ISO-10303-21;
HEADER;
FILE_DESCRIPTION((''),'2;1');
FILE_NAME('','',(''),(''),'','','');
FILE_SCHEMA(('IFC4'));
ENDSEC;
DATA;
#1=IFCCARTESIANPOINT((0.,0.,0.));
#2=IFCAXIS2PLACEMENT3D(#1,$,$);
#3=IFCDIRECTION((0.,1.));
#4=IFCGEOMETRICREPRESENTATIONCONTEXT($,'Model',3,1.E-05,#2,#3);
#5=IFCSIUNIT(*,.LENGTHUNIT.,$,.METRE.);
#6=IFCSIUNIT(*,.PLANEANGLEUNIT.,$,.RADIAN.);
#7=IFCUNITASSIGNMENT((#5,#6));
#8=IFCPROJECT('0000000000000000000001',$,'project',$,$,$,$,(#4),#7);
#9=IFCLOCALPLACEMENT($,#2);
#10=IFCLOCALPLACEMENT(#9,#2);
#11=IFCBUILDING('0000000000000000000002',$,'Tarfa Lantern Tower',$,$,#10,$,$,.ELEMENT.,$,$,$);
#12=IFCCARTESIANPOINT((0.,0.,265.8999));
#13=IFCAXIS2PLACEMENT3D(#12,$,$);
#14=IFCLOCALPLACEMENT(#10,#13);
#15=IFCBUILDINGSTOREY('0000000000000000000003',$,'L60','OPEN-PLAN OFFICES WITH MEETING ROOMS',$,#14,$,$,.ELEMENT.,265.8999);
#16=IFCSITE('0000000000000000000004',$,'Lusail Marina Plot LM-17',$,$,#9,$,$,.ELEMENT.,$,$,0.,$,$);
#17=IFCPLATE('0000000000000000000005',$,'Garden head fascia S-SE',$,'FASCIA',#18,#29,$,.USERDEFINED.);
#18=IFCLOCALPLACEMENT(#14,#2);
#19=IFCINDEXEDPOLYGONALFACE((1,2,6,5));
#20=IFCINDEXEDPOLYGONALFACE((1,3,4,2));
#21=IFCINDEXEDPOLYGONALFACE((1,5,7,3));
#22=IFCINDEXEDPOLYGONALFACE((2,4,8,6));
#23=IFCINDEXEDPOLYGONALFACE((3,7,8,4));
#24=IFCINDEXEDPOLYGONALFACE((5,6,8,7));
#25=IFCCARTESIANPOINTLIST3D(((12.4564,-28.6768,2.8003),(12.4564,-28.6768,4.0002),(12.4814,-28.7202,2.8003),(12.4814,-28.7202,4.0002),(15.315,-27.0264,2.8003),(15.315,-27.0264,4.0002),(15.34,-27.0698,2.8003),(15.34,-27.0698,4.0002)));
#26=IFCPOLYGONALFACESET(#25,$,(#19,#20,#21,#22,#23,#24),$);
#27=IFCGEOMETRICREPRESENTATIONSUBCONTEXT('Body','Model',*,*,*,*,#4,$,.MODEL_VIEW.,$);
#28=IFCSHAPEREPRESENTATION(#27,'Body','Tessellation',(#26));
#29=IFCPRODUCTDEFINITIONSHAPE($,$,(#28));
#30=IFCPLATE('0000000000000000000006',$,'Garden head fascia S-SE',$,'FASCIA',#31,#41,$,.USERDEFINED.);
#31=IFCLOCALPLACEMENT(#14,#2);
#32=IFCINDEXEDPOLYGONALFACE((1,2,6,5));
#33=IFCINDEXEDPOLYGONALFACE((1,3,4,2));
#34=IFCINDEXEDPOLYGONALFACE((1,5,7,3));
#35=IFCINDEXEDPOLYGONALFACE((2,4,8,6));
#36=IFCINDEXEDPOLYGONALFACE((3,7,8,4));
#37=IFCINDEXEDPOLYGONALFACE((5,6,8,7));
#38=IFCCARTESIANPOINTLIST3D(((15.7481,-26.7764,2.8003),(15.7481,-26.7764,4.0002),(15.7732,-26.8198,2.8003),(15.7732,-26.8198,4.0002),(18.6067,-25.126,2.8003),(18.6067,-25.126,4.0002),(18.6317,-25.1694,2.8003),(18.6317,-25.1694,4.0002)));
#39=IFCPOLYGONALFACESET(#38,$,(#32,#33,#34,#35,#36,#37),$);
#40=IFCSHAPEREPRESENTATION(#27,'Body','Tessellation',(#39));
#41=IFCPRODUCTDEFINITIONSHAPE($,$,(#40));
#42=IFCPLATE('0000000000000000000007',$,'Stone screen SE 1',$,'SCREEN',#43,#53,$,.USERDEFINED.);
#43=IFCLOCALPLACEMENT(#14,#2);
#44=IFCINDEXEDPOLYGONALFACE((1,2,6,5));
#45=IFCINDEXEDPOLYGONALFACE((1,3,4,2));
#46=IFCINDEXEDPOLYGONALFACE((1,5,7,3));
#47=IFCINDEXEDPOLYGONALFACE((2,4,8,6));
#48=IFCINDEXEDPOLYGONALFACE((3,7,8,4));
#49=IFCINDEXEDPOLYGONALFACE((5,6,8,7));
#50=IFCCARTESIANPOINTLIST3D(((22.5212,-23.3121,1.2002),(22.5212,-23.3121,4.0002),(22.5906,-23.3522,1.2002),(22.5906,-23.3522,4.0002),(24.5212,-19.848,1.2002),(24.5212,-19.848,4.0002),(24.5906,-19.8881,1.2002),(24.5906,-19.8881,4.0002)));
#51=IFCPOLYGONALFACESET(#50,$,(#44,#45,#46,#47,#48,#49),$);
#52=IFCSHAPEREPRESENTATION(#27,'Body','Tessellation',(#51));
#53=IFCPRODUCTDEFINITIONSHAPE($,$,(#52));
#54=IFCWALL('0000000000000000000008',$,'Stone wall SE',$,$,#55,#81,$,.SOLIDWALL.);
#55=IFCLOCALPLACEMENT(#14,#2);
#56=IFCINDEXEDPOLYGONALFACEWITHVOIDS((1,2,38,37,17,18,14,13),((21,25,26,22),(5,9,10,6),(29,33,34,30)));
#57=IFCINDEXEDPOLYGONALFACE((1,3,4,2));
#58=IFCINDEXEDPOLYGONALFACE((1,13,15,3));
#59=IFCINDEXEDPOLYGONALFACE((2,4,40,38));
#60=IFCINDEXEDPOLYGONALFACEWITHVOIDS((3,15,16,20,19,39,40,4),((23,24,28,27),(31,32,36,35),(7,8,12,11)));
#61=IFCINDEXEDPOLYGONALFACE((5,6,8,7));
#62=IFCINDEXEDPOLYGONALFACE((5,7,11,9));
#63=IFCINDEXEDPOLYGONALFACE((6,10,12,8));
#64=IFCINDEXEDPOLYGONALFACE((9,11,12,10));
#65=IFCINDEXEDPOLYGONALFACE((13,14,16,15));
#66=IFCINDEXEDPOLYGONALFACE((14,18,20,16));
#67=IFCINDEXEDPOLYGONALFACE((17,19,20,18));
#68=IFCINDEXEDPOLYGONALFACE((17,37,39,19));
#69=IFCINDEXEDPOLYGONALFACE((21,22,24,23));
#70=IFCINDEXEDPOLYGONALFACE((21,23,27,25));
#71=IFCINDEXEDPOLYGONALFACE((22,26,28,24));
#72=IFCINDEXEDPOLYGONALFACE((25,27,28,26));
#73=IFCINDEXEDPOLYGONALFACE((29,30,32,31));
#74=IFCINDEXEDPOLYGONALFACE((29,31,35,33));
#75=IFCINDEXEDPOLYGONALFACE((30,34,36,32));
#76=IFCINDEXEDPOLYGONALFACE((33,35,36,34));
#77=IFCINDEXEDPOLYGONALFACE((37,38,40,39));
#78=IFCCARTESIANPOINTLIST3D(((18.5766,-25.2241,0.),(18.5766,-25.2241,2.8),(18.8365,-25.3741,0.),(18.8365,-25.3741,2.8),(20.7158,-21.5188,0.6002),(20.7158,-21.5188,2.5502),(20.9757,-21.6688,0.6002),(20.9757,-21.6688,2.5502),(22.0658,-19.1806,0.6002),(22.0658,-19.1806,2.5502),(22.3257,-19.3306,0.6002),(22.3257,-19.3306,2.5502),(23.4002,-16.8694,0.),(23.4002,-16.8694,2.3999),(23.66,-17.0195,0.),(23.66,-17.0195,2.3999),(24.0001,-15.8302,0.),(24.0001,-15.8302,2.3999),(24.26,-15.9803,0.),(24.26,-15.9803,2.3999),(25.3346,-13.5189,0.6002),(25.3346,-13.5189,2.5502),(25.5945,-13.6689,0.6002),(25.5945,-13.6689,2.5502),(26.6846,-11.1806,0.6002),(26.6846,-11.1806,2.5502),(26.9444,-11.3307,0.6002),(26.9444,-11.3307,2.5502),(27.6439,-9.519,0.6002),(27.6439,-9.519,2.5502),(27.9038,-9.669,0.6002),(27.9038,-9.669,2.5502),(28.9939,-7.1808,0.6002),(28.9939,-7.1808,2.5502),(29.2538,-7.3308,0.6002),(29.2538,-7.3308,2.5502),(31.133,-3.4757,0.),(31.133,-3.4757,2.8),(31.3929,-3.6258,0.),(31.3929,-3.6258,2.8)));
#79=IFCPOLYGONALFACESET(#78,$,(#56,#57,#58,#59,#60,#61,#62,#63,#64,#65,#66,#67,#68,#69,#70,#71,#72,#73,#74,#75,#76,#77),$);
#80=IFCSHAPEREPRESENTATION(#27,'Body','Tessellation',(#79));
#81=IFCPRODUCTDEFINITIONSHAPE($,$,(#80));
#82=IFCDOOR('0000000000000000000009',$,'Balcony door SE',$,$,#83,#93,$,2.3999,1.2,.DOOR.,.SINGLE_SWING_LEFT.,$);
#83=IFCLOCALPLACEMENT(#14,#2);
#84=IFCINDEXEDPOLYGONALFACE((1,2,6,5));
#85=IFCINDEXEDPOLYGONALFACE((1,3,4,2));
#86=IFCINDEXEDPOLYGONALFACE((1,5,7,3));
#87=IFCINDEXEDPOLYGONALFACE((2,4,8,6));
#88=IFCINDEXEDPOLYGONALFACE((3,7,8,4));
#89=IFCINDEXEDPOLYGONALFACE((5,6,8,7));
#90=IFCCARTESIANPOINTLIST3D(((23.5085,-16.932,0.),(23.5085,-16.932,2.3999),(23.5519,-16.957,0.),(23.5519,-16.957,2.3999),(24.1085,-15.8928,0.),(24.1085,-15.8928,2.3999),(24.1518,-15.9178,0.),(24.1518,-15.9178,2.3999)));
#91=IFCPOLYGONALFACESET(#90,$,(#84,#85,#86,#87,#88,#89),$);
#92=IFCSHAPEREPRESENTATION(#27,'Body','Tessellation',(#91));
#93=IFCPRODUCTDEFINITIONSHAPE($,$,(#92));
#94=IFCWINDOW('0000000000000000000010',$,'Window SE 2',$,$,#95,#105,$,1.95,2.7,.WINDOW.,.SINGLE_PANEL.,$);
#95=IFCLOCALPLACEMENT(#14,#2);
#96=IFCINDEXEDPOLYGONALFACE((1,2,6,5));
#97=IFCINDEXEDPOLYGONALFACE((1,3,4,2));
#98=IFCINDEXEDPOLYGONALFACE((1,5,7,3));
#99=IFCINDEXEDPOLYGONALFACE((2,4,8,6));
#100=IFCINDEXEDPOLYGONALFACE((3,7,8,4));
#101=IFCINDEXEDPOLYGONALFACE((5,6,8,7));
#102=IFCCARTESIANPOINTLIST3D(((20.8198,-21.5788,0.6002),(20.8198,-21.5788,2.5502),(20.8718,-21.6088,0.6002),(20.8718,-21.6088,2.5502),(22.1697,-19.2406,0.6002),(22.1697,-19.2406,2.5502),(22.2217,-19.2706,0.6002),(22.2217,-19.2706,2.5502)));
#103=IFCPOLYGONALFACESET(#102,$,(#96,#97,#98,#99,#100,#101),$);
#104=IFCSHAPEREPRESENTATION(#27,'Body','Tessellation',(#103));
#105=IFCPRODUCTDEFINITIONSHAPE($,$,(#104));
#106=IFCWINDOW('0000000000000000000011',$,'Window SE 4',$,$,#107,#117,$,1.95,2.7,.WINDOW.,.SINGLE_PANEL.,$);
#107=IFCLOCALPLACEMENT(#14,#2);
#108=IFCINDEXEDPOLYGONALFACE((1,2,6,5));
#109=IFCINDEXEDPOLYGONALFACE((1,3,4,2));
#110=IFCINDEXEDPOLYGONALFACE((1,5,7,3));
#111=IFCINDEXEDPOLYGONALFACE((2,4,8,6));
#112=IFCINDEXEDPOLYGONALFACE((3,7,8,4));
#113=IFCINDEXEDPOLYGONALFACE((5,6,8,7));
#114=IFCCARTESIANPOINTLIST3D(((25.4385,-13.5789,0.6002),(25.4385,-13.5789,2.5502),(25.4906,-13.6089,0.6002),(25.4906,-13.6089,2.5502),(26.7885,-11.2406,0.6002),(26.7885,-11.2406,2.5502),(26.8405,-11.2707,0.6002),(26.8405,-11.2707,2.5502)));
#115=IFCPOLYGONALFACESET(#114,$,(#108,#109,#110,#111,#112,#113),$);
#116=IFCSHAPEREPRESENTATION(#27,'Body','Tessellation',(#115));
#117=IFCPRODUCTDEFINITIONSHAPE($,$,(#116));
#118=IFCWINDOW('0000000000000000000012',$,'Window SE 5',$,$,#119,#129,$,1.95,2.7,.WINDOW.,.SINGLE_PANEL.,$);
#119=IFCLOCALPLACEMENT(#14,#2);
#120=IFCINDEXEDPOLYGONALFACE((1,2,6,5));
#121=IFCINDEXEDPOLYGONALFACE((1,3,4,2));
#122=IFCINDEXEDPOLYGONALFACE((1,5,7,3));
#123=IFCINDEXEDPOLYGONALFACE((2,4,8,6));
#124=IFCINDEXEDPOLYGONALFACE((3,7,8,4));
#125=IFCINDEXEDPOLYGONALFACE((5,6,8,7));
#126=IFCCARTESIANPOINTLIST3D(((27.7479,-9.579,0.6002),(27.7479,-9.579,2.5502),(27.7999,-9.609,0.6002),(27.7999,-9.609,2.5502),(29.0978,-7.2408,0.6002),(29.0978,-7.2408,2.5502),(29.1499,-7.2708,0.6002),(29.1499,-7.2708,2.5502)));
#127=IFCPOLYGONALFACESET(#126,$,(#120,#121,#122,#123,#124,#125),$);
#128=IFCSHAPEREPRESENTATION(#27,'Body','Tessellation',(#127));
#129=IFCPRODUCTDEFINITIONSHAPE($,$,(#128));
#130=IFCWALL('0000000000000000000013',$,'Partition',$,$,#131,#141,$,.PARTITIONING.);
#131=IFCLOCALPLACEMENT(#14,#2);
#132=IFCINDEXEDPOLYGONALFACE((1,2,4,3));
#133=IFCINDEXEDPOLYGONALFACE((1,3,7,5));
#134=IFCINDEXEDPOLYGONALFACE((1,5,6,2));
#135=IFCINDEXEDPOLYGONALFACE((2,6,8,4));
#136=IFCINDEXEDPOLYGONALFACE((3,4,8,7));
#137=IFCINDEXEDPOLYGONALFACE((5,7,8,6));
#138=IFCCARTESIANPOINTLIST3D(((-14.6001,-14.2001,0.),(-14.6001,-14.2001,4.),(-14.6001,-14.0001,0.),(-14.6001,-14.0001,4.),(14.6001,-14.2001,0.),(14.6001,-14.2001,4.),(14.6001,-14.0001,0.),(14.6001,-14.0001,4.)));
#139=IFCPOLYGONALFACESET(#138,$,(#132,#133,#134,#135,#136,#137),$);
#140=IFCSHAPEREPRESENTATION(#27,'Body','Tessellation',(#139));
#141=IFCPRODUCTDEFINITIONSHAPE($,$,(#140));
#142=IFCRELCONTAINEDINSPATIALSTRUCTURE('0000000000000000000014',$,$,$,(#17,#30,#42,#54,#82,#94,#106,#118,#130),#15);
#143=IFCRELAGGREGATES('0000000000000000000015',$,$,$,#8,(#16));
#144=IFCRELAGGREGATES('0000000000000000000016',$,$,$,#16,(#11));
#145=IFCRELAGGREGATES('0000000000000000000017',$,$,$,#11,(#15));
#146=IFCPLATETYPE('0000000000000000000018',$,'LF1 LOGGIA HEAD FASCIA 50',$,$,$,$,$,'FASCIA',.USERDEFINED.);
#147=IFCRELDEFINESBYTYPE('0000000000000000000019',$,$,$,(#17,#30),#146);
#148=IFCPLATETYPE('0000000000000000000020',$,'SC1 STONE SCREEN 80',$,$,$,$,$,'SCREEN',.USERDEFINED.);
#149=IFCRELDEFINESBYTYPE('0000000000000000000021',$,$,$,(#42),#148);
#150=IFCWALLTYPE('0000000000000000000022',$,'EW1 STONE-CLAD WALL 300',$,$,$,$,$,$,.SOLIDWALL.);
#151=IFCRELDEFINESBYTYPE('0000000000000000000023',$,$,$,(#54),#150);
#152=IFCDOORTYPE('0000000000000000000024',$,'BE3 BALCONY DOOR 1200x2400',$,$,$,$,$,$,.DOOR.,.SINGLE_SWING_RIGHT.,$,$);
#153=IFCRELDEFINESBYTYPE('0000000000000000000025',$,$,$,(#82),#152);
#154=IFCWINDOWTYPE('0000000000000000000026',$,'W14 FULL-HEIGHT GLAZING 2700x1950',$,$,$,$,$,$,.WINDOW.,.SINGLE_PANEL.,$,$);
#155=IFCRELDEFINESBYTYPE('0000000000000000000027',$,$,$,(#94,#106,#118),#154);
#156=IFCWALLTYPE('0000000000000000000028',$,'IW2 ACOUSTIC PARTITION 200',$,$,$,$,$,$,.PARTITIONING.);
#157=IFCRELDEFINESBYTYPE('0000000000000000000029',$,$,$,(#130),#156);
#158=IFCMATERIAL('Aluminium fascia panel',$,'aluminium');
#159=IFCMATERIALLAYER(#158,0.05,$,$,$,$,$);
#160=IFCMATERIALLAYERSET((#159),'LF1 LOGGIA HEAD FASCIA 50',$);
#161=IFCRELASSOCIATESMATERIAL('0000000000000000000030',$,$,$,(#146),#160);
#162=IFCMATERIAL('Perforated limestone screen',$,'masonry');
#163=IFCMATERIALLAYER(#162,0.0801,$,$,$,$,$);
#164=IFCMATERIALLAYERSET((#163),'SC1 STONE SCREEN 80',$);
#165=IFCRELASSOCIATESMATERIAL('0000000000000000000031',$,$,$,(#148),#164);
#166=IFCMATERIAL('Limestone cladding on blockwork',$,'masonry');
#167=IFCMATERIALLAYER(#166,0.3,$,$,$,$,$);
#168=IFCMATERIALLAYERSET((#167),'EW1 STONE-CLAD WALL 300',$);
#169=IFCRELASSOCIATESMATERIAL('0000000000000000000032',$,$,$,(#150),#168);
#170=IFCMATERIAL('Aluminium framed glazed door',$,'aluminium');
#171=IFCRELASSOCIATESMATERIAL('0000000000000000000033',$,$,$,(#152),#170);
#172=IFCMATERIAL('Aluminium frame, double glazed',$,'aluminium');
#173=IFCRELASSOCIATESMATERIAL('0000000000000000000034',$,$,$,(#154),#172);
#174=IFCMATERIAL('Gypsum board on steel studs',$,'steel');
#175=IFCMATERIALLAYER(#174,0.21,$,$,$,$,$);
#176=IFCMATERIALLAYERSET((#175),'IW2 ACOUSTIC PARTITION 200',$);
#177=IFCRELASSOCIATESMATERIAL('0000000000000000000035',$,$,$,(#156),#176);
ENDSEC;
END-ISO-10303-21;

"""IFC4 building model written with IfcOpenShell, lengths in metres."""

from ifc_helpers import new_model, si_unit, direction, frame, frame_2d, origin, origin_2d, place, context, subcontext, project, spatial, rectangle, extrude, material, layer, layer_set, type_object, element, fill, save


model = new_model("IFC4")

# Units and contexts
model_context = context("Model", 3, precision=1e-05, world=origin(), true_north=direction((0.0, 1.0)))
body_context = subcontext(model_context, "Body", "Model", "MODEL_VIEW")
ifc_project = project(units=[si_unit("LENGTHUNIT", "METRE"), si_unit("PLANEANGLEUNIT", "RADIAN")], contexts=[model_context])

# Site, building, storey
site_placement = place(None, origin())
site = spatial("IfcSite", under=ifc_project, at=site_placement, Name="Lusail Marina Plot LM-17", CompositionType="ELEMENT", RefElevation=0.0)
building_placement = place(site_placement, origin())
building = spatial("IfcBuilding", under=site, at=building_placement, Name="Tarfa Lantern Tower", CompositionType="ELEMENT")
storey_placement = place(building_placement, frame((0.0, 0.0, 265.8999)))
storey = spatial("IfcBuildingStorey", under=building, at=storey_placement, Name="L60", Description="OPEN-PLAN OFFICES WITH MEETING ROOMS", CompositionType="ELEMENT", Elevation=265.8999)

# Plates
ifc_material_1 = material(Name="Aluminium fascia panel", Category="aluminium")
ifc_layer_1 = layer(ifc_material_1, 0.05)
ifc_layer_set_1 = layer_set([ifc_layer_1], Name="LF1 LOGGIA HEAD FASCIA 50")
plate_type_1 = type_object("IfcPlateType", Name="LF1 LOGGIA HEAD FASCIA 50", ElementType="FASCIA", PredefinedType="USERDEFINED", material=ifc_layer_set_1)
for number, where, z_axis, x_axis, name in (
    (1, (13.8982, -27.8733, 2.8003), (0.0, 0.0, 1.0), (0.866025, 0.5, 0.0), "Garden head fascia S-SE"),
    (2, (17.1899, -25.9729, 2.8003), (0.0, 0.0, 1.0), (0.866025, 0.5, 0.0), "Garden head fascia S-SE"),
):
    element("IfcPlate", number, at=place(storey_placement, frame(where, z_axis=z_axis, x_axis=x_axis)), inside=storey, type_object=plate_type_1, Name=name, ObjectType="FASCIA", PredefinedType="USERDEFINED", context=body_context, shape_type="SweptSolid", body=[
        extrude(rectangle(XDim=3.3008, YDim=0.05, at=origin_2d()), origin(), (0.0, 0.0, 1.0), 1.2),
    ])
ifc_material_2 = material(Name="Perforated limestone screen", Category="masonry")
ifc_layer_2 = layer(ifc_material_2, 0.0801)
ifc_layer_set_2 = layer_set([ifc_layer_2], Name="SC1 STONE SCREEN 80")
plate_type_2 = type_object("IfcPlateType", Name="SC1 STONE SCREEN 80", ElementType="SCREEN", PredefinedType="USERDEFINED", material=ifc_layer_set_2)
plate_placement = place(storey_placement, frame((23.5559, -21.6001, 1.2002), z_axis=(0.0, 0.0, 1.0), x_axis=(0.5, 0.866025, 0.0)))
element("IfcPlate", 3, at=plate_placement, inside=storey, type_object=plate_type_2, Name="Stone screen SE 1", ObjectType="SCREEN", PredefinedType="USERDEFINED", context=body_context, shape_type="SweptSolid", body=[
    extrude(rectangle(XDim=4.0, YDim=0.0801, at=origin_2d()), origin(), (0.0, 0.0, 1.0), 2.8),
])

# Wall, openings, door, windows
ifc_material_3 = material(Name="Limestone cladding on blockwork", Category="masonry")
ifc_layer_3 = layer(ifc_material_3, 0.3)
ifc_layer_set_3 = layer_set([ifc_layer_3], Name="EW1 STONE-CLAD WALL 300")
wall_type_1 = type_object("IfcWallType", Name="EW1 STONE-CLAD WALL 300", PredefinedType="SOLIDWALL", material=ifc_layer_set_3)
wall_1_placement = place(storey_placement, frame((18.7065, -25.2991, 0.0), z_axis=(0.0, 0.0, 1.0), x_axis=(0.5, 0.866025, 0.0)))
wall_1 = element("IfcWall", 4, at=wall_1_placement, inside=storey, type_object=wall_type_1, Name="Stone wall SE", PredefinedType="SOLIDWALL", context=body_context, shape_type="SweptSolid", body=[
    extrude(rectangle(XDim=25.1128, YDim=0.3, at=frame_2d((12.5564, 0.0))), origin(), (0.0, 0.0, 1.0), 2.8),
])
opening_1_placement = place(wall_1_placement, frame((4.2783, 0.0, 0.6001)))
opening_1 = element("IfcOpeningElement", 5, at=opening_1_placement, cuts=wall_1, PredefinedType="OPENING", context=body_context, shape_type="SweptSolid", body=[
    extrude(rectangle(XDim=2.7, YDim=1.95, at=frame_2d((1.3501, 0.9751))), frame((0.0, 0.1599, 0.0), z_axis=(0.0, -1.0, 0.0), x_axis=(1.0, 0.0, 0.0)), (0.0, 0.0, 1.0), 0.3201),
])
opening_2_placement = place(wall_1_placement, frame((9.647, 0.0, 0.0)))
opening_2 = element("IfcOpeningElement", 6, at=opening_2_placement, cuts=wall_1, PredefinedType="OPENING", context=body_context, shape_type="SweptSolid", body=[
    extrude(rectangle(XDim=1.2, YDim=2.3999, at=frame_2d((0.6001, 1.2))), frame((0.0, 0.1599, 0.0), z_axis=(0.0, -1.0, 0.0), x_axis=(1.0, 0.0, 0.0)), (0.0, 0.0, 1.0), 0.3201),
])
opening_3_placement = place(wall_1_placement, frame((13.5159, 0.0, 0.6001)))
opening_3 = element("IfcOpeningElement", 7, at=opening_3_placement, cuts=wall_1, PredefinedType="OPENING", context=body_context, shape_type="SweptSolid", body=[
    extrude(rectangle(XDim=2.7, YDim=1.95, at=frame_2d((1.3501, 0.9751))), frame((0.0, 0.1599, 0.0), z_axis=(0.0, -1.0, 0.0), x_axis=(1.0, 0.0, 0.0)), (0.0, 0.0, 1.0), 0.3201),
])
opening_4_placement = place(wall_1_placement, frame((18.1345, 0.0, 0.6001)))
opening_4 = element("IfcOpeningElement", 8, at=opening_4_placement, cuts=wall_1, PredefinedType="OPENING", context=body_context, shape_type="SweptSolid", body=[
    extrude(rectangle(XDim=2.7, YDim=1.95, at=frame_2d((1.3501, 0.9751))), frame((0.0, 0.1599, 0.0), z_axis=(0.0, -1.0, 0.0), x_axis=(1.0, 0.0, 0.0)), (0.0, 0.0, 1.0), 0.3201),
])
ifc_material_4 = material(Name="Aluminium framed glazed door", Category="aluminium")
door_type_1 = type_object("IfcDoorType", Name="BE3 BALCONY DOOR 1200x2400", OperationType="SINGLE_SWING_RIGHT", PredefinedType="DOOR", material=ifc_material_4)
door_1_placement = place(opening_2_placement, origin())
door_1 = element("IfcDoor", 9, at=door_1_placement, inside=storey, type_object=door_type_1, Name="Balcony door SE", OperationType="SINGLE_SWING_LEFT", OverallHeight=2.3999, OverallWidth=1.2, PredefinedType="DOOR", context=body_context, shape_type="SweptSolid", body=[
    extrude(rectangle(XDim=1.2, YDim=2.3999, at=frame_2d((0.6001, 1.2))), frame((0.0, 0.0249, 0.0), z_axis=(0.0, -1.0, 0.0), x_axis=(1.0, 0.0, 0.0)), (0.0, 0.0, 1.0), 0.05),
])
fill(opening_2, door_1)
ifc_material_5 = material(Name="Aluminium frame, double glazed", Category="aluminium")
window_type = type_object("IfcWindowType", Name="W14 FULL-HEIGHT GLAZING 2700x1950", PartitioningType="SINGLE_PANEL", PredefinedType="WINDOW", material=ifc_material_5)
window_1_placement = place(opening_1_placement, origin())
window_1 = element("IfcWindow", 10, at=window_1_placement, inside=storey, type_object=window_type, Name="Window SE 2", OverallHeight=1.95, OverallWidth=2.7, PartitioningType="SINGLE_PANEL", PredefinedType="WINDOW", context=body_context, shape_type="SweptSolid", body=[
    extrude(rectangle(XDim=2.7, YDim=1.95, at=frame_2d((1.3501, 0.9751))), frame((0.0, 0.03, 0.0), z_axis=(0.0, -1.0, 0.0), x_axis=(1.0, 0.0, 0.0)), (0.0, 0.0, 1.0), 0.0601),
])
fill(opening_1, window_1)
window_2_placement = place(opening_3_placement, origin())
window_2 = element("IfcWindow", 11, at=window_2_placement, inside=storey, type_object=window_type, Name="Window SE 4", OverallHeight=1.95, OverallWidth=2.7, PartitioningType="SINGLE_PANEL", PredefinedType="WINDOW", context=body_context, shape_type="SweptSolid", body=[
    extrude(rectangle(XDim=2.7, YDim=1.95, at=frame_2d((1.3501, 0.9751))), frame((0.0, 0.03, 0.0), z_axis=(0.0, -1.0, 0.0), x_axis=(1.0, 0.0, 0.0)), (0.0, 0.0, 1.0), 0.0601),
])
fill(opening_3, window_2)
window_3_placement = place(opening_4_placement, origin())
window_3 = element("IfcWindow", 12, at=window_3_placement, inside=storey, type_object=window_type, Name="Window SE 5", OverallHeight=1.95, OverallWidth=2.7, PartitioningType="SINGLE_PANEL", PredefinedType="WINDOW", context=body_context, shape_type="SweptSolid", body=[
    extrude(rectangle(XDim=2.7, YDim=1.95, at=frame_2d((1.3501, 0.9751))), frame((0.0, 0.03, 0.0), z_axis=(0.0, -1.0, 0.0), x_axis=(1.0, 0.0, 0.0)), (0.0, 0.0, 1.0), 0.0601),
])
fill(opening_4, window_3)

# Wall
ifc_material_6 = material(Name="Gypsum board on steel studs", Category="steel")
ifc_layer_4 = layer(ifc_material_6, 0.21)
ifc_layer_set_4 = layer_set([ifc_layer_4], Name="IW2 ACOUSTIC PARTITION 200")
wall_type_2 = type_object("IfcWallType", Name="IW2 ACOUSTIC PARTITION 200", PredefinedType="PARTITIONING", material=ifc_layer_set_4)
wall_2_placement = place(storey_placement, frame((14.6001, -14.1001, 0.0), z_axis=(0.0, 0.0, 1.0), x_axis=(-1.0, 0.0, 0.0)))
element("IfcWall", 13, at=wall_2_placement, inside=storey, type_object=wall_type_2, Name="Partition", PredefinedType="PARTITIONING", context=body_context, shape_type="SweptSolid", body=[
    extrude(rectangle(XDim=29.2002, YDim=0.2, at=frame_2d((14.6001, 0.0))), origin(), (0.0, 0.0, 1.0), 4.0),
])

save(model, "model.ifc")
